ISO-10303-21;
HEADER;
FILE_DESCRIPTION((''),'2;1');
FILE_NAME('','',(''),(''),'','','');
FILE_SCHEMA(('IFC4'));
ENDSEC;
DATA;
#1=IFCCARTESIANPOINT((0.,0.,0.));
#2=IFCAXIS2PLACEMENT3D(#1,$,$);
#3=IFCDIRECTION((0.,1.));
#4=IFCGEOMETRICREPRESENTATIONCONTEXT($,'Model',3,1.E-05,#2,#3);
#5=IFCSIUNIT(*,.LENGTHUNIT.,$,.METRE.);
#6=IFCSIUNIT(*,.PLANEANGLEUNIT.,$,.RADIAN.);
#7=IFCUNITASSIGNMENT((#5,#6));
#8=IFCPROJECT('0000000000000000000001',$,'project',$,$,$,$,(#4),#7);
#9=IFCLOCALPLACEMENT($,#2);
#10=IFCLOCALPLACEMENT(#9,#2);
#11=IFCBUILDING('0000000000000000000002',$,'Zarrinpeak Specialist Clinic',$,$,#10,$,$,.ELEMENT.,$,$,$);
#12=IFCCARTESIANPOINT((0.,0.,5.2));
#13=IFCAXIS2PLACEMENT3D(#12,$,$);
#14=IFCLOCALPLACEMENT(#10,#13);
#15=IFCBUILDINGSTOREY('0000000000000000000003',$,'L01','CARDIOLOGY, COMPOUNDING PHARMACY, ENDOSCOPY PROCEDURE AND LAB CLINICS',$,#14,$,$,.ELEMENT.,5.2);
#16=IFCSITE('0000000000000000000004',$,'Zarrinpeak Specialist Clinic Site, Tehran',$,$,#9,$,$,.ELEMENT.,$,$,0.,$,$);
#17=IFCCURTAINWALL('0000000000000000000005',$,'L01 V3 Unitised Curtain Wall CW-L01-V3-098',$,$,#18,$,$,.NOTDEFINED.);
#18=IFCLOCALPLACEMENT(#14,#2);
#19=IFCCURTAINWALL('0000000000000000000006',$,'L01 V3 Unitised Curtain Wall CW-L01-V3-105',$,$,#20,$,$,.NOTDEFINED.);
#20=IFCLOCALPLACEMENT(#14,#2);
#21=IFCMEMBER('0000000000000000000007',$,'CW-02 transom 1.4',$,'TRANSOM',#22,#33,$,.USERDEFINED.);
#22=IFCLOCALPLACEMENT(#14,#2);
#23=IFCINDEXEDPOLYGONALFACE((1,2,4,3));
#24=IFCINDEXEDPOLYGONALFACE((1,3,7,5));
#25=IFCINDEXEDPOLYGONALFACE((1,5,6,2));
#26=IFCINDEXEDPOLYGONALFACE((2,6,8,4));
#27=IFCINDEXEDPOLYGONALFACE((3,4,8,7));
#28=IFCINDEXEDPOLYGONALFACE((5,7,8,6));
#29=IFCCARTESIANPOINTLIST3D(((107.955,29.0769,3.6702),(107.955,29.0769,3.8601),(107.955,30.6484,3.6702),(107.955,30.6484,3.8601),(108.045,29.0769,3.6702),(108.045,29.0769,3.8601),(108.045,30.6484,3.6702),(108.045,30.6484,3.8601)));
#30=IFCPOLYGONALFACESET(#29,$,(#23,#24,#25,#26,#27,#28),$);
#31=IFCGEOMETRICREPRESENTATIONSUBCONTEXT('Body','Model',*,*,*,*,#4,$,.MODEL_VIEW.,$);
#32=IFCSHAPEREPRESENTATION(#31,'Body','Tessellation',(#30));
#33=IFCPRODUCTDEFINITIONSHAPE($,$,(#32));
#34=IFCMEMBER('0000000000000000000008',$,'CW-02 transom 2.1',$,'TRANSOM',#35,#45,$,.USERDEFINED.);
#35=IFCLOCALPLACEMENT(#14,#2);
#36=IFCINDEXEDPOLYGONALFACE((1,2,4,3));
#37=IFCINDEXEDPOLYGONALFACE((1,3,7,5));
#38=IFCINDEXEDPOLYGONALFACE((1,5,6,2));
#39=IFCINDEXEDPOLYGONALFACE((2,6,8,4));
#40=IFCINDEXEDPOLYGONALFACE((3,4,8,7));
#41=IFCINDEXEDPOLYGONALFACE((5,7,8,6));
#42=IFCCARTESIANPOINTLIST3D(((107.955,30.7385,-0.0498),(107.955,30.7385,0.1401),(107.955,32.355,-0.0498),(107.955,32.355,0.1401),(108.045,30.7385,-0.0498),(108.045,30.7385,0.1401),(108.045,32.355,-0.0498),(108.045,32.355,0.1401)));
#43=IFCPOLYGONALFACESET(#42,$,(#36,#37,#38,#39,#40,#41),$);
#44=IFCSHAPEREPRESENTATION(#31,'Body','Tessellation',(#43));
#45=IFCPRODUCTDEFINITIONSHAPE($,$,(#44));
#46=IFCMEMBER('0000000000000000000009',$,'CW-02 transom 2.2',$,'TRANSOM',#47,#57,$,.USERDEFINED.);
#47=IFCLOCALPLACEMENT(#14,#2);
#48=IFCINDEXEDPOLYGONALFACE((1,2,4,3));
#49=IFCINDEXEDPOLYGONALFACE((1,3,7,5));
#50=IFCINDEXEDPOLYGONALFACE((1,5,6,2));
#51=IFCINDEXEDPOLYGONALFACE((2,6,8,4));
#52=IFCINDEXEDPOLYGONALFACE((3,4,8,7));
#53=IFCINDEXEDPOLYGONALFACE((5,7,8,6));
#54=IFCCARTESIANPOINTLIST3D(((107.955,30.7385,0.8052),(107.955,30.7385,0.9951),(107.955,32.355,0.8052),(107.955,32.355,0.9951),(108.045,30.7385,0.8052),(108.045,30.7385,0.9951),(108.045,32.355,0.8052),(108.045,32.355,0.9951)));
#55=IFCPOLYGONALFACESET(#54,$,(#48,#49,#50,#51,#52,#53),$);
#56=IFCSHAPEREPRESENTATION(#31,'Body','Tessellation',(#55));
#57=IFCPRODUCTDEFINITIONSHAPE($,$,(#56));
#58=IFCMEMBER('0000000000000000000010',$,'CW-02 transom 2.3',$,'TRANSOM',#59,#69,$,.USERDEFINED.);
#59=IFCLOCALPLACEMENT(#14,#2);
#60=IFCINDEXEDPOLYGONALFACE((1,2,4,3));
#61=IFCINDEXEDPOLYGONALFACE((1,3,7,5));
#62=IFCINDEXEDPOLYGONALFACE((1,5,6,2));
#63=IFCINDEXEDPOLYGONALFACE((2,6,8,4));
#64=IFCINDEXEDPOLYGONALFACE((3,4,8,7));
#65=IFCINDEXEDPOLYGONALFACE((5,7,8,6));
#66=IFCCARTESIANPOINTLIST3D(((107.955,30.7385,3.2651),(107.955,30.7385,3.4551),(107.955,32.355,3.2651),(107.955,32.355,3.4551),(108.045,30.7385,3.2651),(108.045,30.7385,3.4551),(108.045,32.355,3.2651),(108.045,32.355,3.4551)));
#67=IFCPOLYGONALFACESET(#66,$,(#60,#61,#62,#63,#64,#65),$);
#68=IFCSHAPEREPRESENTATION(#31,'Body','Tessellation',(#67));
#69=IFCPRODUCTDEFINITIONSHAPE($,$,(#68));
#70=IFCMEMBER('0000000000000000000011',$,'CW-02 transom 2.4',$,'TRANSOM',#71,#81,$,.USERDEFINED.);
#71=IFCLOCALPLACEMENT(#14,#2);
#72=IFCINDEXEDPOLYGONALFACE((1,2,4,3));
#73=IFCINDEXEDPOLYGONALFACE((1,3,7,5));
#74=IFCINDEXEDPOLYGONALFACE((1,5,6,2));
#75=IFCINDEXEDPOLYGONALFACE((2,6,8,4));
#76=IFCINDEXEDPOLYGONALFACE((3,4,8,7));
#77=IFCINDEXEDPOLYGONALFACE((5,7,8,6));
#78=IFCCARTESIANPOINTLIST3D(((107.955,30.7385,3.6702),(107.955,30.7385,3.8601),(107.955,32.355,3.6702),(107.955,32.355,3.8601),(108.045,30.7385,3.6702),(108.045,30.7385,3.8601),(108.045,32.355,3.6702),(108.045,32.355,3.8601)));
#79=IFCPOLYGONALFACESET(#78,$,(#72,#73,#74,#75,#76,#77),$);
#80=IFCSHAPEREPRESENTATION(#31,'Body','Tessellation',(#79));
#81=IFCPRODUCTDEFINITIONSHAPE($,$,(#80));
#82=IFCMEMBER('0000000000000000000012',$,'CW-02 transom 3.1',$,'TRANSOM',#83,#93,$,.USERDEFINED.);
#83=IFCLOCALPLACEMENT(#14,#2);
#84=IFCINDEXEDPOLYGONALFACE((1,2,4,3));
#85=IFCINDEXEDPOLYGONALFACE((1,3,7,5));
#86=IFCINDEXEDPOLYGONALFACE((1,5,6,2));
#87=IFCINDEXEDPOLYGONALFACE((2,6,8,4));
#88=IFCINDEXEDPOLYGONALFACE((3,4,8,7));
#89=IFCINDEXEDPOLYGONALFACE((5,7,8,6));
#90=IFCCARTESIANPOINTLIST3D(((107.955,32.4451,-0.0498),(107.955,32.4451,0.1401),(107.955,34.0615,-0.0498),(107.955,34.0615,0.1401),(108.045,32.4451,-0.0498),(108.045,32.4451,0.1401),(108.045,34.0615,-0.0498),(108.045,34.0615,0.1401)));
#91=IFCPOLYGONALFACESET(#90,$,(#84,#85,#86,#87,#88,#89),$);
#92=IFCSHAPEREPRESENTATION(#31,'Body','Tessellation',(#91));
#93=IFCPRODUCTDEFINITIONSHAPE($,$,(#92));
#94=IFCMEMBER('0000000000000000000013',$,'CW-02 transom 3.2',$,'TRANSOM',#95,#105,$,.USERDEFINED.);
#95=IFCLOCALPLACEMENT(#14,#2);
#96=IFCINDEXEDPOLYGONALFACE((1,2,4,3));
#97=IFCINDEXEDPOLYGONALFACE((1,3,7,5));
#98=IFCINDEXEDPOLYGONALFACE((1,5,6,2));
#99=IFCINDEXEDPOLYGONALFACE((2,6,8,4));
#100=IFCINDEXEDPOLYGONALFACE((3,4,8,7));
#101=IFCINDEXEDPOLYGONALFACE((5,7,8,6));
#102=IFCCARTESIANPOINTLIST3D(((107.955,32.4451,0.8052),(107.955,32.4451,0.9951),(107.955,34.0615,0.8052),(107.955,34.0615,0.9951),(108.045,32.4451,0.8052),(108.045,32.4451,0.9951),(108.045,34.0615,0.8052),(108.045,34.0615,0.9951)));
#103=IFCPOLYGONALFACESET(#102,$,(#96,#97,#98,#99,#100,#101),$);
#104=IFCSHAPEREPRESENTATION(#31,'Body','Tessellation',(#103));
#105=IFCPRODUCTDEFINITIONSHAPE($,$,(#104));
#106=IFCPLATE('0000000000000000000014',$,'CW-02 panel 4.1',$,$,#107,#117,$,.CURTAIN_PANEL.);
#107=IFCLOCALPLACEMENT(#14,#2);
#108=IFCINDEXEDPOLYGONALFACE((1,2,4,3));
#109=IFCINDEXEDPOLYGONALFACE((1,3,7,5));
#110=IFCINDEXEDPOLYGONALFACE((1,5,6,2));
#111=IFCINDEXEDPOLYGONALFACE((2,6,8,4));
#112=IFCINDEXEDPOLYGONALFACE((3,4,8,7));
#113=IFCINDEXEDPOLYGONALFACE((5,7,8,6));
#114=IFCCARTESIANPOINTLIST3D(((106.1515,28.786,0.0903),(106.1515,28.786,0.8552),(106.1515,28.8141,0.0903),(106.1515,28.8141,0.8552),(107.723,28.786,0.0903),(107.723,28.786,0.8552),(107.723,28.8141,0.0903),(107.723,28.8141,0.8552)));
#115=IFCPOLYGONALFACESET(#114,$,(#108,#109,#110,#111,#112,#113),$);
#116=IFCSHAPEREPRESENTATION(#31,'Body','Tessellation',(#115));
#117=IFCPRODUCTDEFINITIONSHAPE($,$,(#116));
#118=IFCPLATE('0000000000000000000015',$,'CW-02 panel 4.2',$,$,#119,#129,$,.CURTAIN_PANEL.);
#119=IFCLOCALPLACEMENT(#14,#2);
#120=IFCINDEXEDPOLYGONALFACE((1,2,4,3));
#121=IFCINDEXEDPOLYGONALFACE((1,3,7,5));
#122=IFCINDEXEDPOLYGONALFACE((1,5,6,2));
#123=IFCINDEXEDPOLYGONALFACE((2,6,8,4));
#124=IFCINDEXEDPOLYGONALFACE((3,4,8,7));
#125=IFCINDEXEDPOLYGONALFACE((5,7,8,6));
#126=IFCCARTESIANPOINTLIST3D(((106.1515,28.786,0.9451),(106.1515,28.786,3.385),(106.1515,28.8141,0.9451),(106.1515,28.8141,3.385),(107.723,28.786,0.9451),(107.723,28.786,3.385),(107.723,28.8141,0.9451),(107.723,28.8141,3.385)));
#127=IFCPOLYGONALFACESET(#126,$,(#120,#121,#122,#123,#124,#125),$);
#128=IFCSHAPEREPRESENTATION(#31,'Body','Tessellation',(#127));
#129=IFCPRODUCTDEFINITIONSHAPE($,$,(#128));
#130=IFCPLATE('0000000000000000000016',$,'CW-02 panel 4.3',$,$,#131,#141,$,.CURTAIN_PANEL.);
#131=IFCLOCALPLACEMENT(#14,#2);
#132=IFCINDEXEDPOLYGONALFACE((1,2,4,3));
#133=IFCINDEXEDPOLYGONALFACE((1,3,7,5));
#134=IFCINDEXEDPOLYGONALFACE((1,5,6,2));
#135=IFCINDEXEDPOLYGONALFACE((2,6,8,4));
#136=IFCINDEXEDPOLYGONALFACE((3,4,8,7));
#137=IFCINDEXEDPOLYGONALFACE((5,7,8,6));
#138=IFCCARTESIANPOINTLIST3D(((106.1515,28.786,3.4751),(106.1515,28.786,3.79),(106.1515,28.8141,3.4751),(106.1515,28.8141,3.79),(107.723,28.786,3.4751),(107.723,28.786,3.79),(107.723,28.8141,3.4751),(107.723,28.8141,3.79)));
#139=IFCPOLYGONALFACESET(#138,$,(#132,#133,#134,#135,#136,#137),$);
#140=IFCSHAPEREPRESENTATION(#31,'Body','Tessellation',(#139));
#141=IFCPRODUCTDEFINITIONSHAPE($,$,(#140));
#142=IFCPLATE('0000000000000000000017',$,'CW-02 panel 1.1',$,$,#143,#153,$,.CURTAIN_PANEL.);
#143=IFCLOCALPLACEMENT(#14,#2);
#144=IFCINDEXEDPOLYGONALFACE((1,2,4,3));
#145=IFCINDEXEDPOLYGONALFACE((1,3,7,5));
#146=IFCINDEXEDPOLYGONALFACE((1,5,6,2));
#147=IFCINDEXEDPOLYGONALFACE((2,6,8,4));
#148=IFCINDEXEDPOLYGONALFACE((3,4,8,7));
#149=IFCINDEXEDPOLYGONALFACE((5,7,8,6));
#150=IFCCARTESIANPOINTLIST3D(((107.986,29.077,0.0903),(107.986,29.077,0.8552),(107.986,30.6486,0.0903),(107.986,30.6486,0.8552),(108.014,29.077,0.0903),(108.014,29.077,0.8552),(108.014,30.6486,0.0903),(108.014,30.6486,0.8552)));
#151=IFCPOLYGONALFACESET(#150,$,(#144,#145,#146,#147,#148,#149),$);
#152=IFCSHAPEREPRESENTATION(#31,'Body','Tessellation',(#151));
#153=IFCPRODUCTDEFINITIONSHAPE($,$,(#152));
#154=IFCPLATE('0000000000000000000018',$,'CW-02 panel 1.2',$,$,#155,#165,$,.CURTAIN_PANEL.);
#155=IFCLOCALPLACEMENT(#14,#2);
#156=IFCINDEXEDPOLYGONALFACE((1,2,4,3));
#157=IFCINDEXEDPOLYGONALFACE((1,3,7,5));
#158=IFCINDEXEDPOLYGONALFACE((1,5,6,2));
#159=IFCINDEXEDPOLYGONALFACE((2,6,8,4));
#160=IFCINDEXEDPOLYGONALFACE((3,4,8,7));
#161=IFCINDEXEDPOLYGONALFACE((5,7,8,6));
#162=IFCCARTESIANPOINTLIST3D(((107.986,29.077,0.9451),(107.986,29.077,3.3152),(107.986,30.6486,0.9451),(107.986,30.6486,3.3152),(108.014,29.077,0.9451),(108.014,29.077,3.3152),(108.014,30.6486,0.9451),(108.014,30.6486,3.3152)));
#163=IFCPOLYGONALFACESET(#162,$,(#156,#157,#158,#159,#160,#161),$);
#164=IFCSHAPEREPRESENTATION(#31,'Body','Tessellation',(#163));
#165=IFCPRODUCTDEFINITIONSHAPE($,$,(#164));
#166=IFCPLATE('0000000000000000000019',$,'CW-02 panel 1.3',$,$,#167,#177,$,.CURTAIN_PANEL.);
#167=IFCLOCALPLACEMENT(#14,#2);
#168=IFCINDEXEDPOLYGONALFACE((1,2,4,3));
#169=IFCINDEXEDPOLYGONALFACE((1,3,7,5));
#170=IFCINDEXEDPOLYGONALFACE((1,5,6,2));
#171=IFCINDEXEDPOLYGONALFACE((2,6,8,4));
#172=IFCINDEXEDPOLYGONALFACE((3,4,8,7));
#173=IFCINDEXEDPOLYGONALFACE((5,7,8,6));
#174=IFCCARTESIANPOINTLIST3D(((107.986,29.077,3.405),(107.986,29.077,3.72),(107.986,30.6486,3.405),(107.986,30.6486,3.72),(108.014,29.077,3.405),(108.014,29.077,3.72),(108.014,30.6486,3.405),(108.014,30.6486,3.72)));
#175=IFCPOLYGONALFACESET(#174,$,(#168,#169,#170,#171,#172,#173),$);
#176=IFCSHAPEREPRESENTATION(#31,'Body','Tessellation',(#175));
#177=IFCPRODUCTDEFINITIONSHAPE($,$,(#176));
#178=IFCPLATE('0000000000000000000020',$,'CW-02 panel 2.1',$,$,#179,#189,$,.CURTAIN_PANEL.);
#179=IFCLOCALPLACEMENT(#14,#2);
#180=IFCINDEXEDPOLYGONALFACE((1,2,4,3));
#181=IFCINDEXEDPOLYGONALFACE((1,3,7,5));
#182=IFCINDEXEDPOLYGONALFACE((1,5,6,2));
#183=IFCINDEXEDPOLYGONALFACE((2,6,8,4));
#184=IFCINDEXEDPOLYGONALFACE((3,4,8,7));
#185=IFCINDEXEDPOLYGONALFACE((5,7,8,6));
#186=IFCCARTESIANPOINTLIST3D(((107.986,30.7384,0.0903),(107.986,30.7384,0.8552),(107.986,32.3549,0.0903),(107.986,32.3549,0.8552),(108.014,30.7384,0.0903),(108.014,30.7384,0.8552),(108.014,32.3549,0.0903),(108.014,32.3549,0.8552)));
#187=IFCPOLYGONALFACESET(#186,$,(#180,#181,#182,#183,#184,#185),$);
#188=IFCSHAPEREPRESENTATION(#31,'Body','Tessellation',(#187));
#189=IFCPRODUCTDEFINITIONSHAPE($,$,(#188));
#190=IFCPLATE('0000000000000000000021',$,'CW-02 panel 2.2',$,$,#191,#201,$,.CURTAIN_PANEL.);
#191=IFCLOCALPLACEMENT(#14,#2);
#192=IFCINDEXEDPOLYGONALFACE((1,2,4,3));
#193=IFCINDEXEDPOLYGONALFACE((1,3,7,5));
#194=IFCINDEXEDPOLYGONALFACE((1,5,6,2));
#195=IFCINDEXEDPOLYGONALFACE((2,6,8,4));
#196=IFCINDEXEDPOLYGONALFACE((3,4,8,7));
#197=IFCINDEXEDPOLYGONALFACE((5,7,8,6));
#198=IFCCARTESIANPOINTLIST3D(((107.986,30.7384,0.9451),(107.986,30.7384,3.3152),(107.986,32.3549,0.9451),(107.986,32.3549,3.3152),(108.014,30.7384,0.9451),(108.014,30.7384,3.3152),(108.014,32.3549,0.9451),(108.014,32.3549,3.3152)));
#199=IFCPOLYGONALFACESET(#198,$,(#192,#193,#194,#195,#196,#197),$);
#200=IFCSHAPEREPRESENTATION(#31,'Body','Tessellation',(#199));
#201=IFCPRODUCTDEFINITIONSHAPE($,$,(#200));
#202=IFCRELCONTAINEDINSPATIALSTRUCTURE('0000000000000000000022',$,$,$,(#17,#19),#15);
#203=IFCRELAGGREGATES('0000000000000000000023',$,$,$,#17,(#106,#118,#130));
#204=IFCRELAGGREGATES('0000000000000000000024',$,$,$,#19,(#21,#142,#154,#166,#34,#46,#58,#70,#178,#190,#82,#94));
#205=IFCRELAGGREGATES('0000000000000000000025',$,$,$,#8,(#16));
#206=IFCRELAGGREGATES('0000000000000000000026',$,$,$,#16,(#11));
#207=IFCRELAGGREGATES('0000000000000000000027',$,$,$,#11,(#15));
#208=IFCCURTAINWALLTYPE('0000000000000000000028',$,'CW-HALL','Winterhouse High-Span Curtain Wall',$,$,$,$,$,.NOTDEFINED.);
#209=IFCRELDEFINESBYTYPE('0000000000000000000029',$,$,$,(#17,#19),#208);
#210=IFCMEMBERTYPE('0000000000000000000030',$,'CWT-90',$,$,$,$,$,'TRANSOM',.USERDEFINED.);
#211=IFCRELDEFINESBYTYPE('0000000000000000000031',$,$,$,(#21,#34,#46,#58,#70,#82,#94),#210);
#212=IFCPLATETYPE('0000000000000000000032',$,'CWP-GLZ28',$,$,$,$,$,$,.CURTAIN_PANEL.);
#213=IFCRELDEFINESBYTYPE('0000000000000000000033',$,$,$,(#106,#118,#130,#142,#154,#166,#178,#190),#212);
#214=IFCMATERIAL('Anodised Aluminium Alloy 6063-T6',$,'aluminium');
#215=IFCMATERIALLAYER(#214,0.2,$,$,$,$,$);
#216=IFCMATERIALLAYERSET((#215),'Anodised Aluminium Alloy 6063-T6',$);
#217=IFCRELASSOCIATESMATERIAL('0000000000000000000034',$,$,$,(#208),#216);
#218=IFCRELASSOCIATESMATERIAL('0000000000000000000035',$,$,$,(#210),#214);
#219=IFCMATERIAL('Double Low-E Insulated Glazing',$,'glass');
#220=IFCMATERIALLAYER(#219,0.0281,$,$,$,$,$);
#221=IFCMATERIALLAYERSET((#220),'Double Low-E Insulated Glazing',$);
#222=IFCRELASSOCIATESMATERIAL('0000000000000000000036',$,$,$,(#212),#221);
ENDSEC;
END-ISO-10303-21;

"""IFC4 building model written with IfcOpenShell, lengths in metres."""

from ifc_helpers import new_model, si_unit, direction, frame, origin, origin_2d, place, context, subcontext, project, spatial, rectangle, extrude, material, layer, layer_set, material_profile, profile_set, type_object, element, aggregate, save


model = new_model("IFC4")

# Units and contexts
model_context = context("Model", 3, precision=1e-05, world=origin(), true_north=direction((0.0, 1.0)))
body_context = subcontext(model_context, "Body", "Model", "MODEL_VIEW")
ifc_project = project(units=[si_unit("LENGTHUNIT", "METRE"), si_unit("PLANEANGLEUNIT", "RADIAN")], contexts=[model_context])

# Site, building, storey
site_placement = place(None, origin())
site = spatial("IfcSite", under=ifc_project, at=site_placement, Name="Zarrinpeak Specialist Clinic Site, Tehran", CompositionType="ELEMENT", RefElevation=0.0)
building_placement = place(site_placement, origin())
building = spatial("IfcBuilding", under=site, at=building_placement, Name="Zarrinpeak Specialist Clinic", CompositionType="ELEMENT")
storey_placement = place(building_placement, frame((0.0, 0.0, 5.2)))
storey = spatial("IfcBuildingStorey", under=building, at=storey_placement, Name="L01", Description="CARDIOLOGY, COMPOUNDING PHARMACY, ENDOSCOPY PROCEDURE AND LAB CLINICS", CompositionType="ELEMENT", Elevation=5.2)

# Curtain wall
ifc_material_1 = material(Name="Anodised Aluminium Alloy 6063-T6", Category="aluminium")
ifc_layer_1 = layer(ifc_material_1, 0.2)
ifc_layer_set_1 = layer_set([ifc_layer_1], Name="Anodised Aluminium Alloy 6063-T6")
curtain_wall_type = type_object("IfcCurtainWallType", Name="CW-HALL", Description="Winterhouse High-Span Curtain Wall", PredefinedType="NOTDEFINED", material=ifc_layer_set_1)
curtain_wall_1_placement = place(storey_placement, origin())
curtain_wall_1 = element("IfcCurtainWall", 1, at=curtain_wall_1_placement, inside=storey, type_object=curtain_wall_type, Name="L01 V3 Unitised Curtain Wall CW-L01-V3-098", PredefinedType="NOTDEFINED")

# Curtain wall
curtain_wall_2_placement = place(storey_placement, origin())
curtain_wall_2 = element("IfcCurtainWall", 2, at=curtain_wall_2_placement, inside=storey, type_object=curtain_wall_type, Name="L01 V3 Unitised Curtain Wall CW-L01-V3-105", PredefinedType="NOTDEFINED")

# Members
ifc_material_profile_1 = material_profile(ifc_material_1, rectangle(XDim=0.0901, YDim=0.1899, at=origin_2d()), Name="ALU 90x190")
ifc_profile_set_1 = profile_set([ifc_material_profile_1], Name="Anodised Aluminium Alloy 6063-T6")
member_type_1 = type_object("IfcMemberType", Name="CWT-90", ElementType="TRANSOM", PredefinedType="USERDEFINED", material=ifc_profile_set_1)
member_1_placement = place(storey_placement, frame((108.0, 29.0769, 3.7651), z_axis=(0.0, 1.0, 0.0), x_axis=(-1.0, 0.0, 0.0)))
member_1 = element("IfcMember", 3, at=member_1_placement, type_object=member_type_1, Name="CW-02 transom 1.4", ObjectType="TRANSOM", PredefinedType="USERDEFINED", context=body_context, shape_type="SweptSolid", body=[
    extrude(rectangle(XDim=0.0901, YDim=0.1899, at=origin_2d()), origin(), (0.0, 0.0, 1.0), 1.5715),
])
member_2_placement = place(storey_placement, frame((108.0, 30.7385, 0.0452), z_axis=(0.0, 1.0, 0.0), x_axis=(-1.0, 0.0, 0.0)))
member_2 = element("IfcMember", 4, at=member_2_placement, type_object=member_type_1, Name="CW-02 transom 2.1", ObjectType="TRANSOM", PredefinedType="USERDEFINED", context=body_context, shape_type="SweptSolid", body=[
    extrude(rectangle(XDim=0.0901, YDim=0.1899, at=origin_2d()), origin(), (0.0, 0.0, 1.0), 1.6165),
])
member_3_placement = place(storey_placement, frame((108.0, 30.7385, 0.9001), z_axis=(0.0, 1.0, 0.0), x_axis=(-1.0, 0.0, 0.0)))
member_3 = element("IfcMember", 5, at=member_3_placement, type_object=member_type_1, Name="CW-02 transom 2.2", ObjectType="TRANSOM", PredefinedType="USERDEFINED", context=body_context, shape_type="SweptSolid", body=[
    extrude(rectangle(XDim=0.0901, YDim=0.1899, at=origin_2d()), origin(), (0.0, 0.0, 1.0), 1.6165),
])
member_4_placement = place(storey_placement, frame((108.0, 30.7385, 3.3601), z_axis=(0.0, 1.0, 0.0), x_axis=(-1.0, 0.0, 0.0)))
member_4 = element("IfcMember", 6, at=member_4_placement, type_object=member_type_1, Name="CW-02 transom 2.3", ObjectType="TRANSOM", PredefinedType="USERDEFINED", context=body_context, shape_type="SweptSolid", body=[
    extrude(rectangle(XDim=0.0901, YDim=0.1899, at=origin_2d()), origin(), (0.0, 0.0, 1.0), 1.6165),
])
member_5_placement = place(storey_placement, frame((108.0, 30.7385, 3.7651), z_axis=(0.0, 1.0, 0.0), x_axis=(-1.0, 0.0, 0.0)))
member_5 = element("IfcMember", 7, at=member_5_placement, type_object=member_type_1, Name="CW-02 transom 2.4", ObjectType="TRANSOM", PredefinedType="USERDEFINED", context=body_context, shape_type="SweptSolid", body=[
    extrude(rectangle(XDim=0.0901, YDim=0.1899, at=origin_2d()), origin(), (0.0, 0.0, 1.0), 1.6165),
])
member_6_placement = place(storey_placement, frame((108.0, 32.4451, 0.0452), z_axis=(0.0, 1.0, 0.0), x_axis=(-1.0, 0.0, 0.0)))
member_6 = element("IfcMember", 8, at=member_6_placement, type_object=member_type_1, Name="CW-02 transom 3.1", ObjectType="TRANSOM", PredefinedType="USERDEFINED", context=body_context, shape_type="SweptSolid", body=[
    extrude(rectangle(XDim=0.0901, YDim=0.1899, at=origin_2d()), origin(), (0.0, 0.0, 1.0), 1.6165),
])
member_7_placement = place(storey_placement, frame((108.0, 32.4451, 0.9001), z_axis=(0.0, 1.0, 0.0), x_axis=(-1.0, 0.0, 0.0)))
member_7 = element("IfcMember", 9, at=member_7_placement, type_object=member_type_1, Name="CW-02 transom 3.2", ObjectType="TRANSOM", PredefinedType="USERDEFINED", context=body_context, shape_type="SweptSolid", body=[
    extrude(rectangle(XDim=0.0901, YDim=0.1899, at=origin_2d()), origin(), (0.0, 0.0, 1.0), 1.6165),
])

# Plates
ifc_material_2 = material(Name="Double Low-E Insulated Glazing", Category="glass")
ifc_layer_2 = layer(ifc_material_2, 0.0281)
ifc_layer_set_2 = layer_set([ifc_layer_2], Name="Double Low-E Insulated Glazing")
plate_type_1 = type_object("IfcPlateType", Name="CWP-GLZ28", PredefinedType="CURTAIN_PANEL", material=ifc_layer_set_2)
plate_1_placement = place(storey_placement, frame((106.9373, 28.8, 0.0903), z_axis=(0.0, 0.0, 1.0), x_axis=(1.0, 0.0, 0.0)))
plate_1 = element("IfcPlate", 10, at=plate_1_placement, type_object=plate_type_1, Name="CW-02 panel 4.1", PredefinedType="CURTAIN_PANEL", context=body_context, shape_type="SweptSolid", body=[
    extrude(rectangle(XDim=1.5715, YDim=0.0281, at=origin_2d()), origin(), (0.0, 0.0, 1.0), 0.7649),
])
plate_2_placement = place(storey_placement, frame((106.9373, 28.8, 0.9451), z_axis=(0.0, 0.0, 1.0), x_axis=(1.0, 0.0, 0.0)))
plate_2 = element("IfcPlate", 11, at=plate_2_placement, type_object=plate_type_1, Name="CW-02 panel 4.2", PredefinedType="CURTAIN_PANEL", context=body_context, shape_type="SweptSolid", body=[
    extrude(rectangle(XDim=1.5715, YDim=0.0281, at=origin_2d()), origin(), (0.0, 0.0, 1.0), 2.4399),
])
plate_3_placement = place(storey_placement, frame((106.9373, 28.8, 3.4751), z_axis=(0.0, 0.0, 1.0), x_axis=(1.0, 0.0, 0.0)))
plate_3 = element("IfcPlate", 12, at=plate_3_placement, type_object=plate_type_1, Name="CW-02 panel 4.3", PredefinedType="CURTAIN_PANEL", context=body_context, shape_type="SweptSolid", body=[
    extrude(rectangle(XDim=1.5715, YDim=0.0281, at=origin_2d()), origin(), (0.0, 0.0, 1.0), 0.3149),
])
aggregate(curtain_wall_1, [plate_1, plate_2, plate_3])
plate_4_placement = place(storey_placement, frame((108.0, 29.8628, 0.0903), z_axis=(0.0, 0.0, 1.0), x_axis=(0.0, 1.0, 0.0)))
plate_4 = element("IfcPlate", 13, at=plate_4_placement, type_object=plate_type_1, Name="CW-02 panel 1.1", PredefinedType="CURTAIN_PANEL", context=body_context, shape_type="SweptSolid", body=[
    extrude(rectangle(XDim=1.5715, YDim=0.0281, at=origin_2d()), origin(), (0.0, 0.0, 1.0), 0.7649),
])
plate_5_placement = place(storey_placement, frame((108.0, 29.8628, 0.9451), z_axis=(0.0, 0.0, 1.0), x_axis=(0.0, 1.0, 0.0)))
plate_5 = element("IfcPlate", 14, at=plate_5_placement, type_object=plate_type_1, Name="CW-02 panel 1.2", PredefinedType="CURTAIN_PANEL", context=body_context, shape_type="SweptSolid", body=[
    extrude(rectangle(XDim=1.5715, YDim=0.0281, at=origin_2d()), origin(), (0.0, 0.0, 1.0), 2.3701),
])
plate_6_placement = place(storey_placement, frame((108.0, 29.8628, 3.405), z_axis=(0.0, 0.0, 1.0), x_axis=(0.0, 1.0, 0.0)))
plate_6 = element("IfcPlate", 15, at=plate_6_placement, type_object=plate_type_1, Name="CW-02 panel 1.3", PredefinedType="CURTAIN_PANEL", context=body_context, shape_type="SweptSolid", body=[
    extrude(rectangle(XDim=1.5715, YDim=0.0281, at=origin_2d()), origin(), (0.0, 0.0, 1.0), 0.3149),
])
plate_7_placement = place(storey_placement, frame((108.0, 31.5466, 0.0903), z_axis=(0.0, 0.0, 1.0), x_axis=(0.0, 1.0, 0.0)))
plate_7 = element("IfcPlate", 16, at=plate_7_placement, type_object=plate_type_1, Name="CW-02 panel 2.1", PredefinedType="CURTAIN_PANEL", context=body_context, shape_type="SweptSolid", body=[
    extrude(rectangle(XDim=1.6165, YDim=0.0281, at=origin_2d()), origin(), (0.0, 0.0, 1.0), 0.7649),
])
plate_8_placement = place(storey_placement, frame((108.0, 31.5466, 0.9451), z_axis=(0.0, 0.0, 1.0), x_axis=(0.0, 1.0, 0.0)))
plate_8 = element("IfcPlate", 17, at=plate_8_placement, type_object=plate_type_1, Name="CW-02 panel 2.2", PredefinedType="CURTAIN_PANEL", context=body_context, shape_type="SweptSolid", body=[
    extrude(rectangle(XDim=1.6165, YDim=0.0281, at=origin_2d()), origin(), (0.0, 0.0, 1.0), 2.3701),
])
aggregate(curtain_wall_2, [member_1, plate_4, plate_5, plate_6, member_2, member_3, member_4, member_5, plate_7, plate_8, member_6, member_7])

save(model, "model.ifc")
